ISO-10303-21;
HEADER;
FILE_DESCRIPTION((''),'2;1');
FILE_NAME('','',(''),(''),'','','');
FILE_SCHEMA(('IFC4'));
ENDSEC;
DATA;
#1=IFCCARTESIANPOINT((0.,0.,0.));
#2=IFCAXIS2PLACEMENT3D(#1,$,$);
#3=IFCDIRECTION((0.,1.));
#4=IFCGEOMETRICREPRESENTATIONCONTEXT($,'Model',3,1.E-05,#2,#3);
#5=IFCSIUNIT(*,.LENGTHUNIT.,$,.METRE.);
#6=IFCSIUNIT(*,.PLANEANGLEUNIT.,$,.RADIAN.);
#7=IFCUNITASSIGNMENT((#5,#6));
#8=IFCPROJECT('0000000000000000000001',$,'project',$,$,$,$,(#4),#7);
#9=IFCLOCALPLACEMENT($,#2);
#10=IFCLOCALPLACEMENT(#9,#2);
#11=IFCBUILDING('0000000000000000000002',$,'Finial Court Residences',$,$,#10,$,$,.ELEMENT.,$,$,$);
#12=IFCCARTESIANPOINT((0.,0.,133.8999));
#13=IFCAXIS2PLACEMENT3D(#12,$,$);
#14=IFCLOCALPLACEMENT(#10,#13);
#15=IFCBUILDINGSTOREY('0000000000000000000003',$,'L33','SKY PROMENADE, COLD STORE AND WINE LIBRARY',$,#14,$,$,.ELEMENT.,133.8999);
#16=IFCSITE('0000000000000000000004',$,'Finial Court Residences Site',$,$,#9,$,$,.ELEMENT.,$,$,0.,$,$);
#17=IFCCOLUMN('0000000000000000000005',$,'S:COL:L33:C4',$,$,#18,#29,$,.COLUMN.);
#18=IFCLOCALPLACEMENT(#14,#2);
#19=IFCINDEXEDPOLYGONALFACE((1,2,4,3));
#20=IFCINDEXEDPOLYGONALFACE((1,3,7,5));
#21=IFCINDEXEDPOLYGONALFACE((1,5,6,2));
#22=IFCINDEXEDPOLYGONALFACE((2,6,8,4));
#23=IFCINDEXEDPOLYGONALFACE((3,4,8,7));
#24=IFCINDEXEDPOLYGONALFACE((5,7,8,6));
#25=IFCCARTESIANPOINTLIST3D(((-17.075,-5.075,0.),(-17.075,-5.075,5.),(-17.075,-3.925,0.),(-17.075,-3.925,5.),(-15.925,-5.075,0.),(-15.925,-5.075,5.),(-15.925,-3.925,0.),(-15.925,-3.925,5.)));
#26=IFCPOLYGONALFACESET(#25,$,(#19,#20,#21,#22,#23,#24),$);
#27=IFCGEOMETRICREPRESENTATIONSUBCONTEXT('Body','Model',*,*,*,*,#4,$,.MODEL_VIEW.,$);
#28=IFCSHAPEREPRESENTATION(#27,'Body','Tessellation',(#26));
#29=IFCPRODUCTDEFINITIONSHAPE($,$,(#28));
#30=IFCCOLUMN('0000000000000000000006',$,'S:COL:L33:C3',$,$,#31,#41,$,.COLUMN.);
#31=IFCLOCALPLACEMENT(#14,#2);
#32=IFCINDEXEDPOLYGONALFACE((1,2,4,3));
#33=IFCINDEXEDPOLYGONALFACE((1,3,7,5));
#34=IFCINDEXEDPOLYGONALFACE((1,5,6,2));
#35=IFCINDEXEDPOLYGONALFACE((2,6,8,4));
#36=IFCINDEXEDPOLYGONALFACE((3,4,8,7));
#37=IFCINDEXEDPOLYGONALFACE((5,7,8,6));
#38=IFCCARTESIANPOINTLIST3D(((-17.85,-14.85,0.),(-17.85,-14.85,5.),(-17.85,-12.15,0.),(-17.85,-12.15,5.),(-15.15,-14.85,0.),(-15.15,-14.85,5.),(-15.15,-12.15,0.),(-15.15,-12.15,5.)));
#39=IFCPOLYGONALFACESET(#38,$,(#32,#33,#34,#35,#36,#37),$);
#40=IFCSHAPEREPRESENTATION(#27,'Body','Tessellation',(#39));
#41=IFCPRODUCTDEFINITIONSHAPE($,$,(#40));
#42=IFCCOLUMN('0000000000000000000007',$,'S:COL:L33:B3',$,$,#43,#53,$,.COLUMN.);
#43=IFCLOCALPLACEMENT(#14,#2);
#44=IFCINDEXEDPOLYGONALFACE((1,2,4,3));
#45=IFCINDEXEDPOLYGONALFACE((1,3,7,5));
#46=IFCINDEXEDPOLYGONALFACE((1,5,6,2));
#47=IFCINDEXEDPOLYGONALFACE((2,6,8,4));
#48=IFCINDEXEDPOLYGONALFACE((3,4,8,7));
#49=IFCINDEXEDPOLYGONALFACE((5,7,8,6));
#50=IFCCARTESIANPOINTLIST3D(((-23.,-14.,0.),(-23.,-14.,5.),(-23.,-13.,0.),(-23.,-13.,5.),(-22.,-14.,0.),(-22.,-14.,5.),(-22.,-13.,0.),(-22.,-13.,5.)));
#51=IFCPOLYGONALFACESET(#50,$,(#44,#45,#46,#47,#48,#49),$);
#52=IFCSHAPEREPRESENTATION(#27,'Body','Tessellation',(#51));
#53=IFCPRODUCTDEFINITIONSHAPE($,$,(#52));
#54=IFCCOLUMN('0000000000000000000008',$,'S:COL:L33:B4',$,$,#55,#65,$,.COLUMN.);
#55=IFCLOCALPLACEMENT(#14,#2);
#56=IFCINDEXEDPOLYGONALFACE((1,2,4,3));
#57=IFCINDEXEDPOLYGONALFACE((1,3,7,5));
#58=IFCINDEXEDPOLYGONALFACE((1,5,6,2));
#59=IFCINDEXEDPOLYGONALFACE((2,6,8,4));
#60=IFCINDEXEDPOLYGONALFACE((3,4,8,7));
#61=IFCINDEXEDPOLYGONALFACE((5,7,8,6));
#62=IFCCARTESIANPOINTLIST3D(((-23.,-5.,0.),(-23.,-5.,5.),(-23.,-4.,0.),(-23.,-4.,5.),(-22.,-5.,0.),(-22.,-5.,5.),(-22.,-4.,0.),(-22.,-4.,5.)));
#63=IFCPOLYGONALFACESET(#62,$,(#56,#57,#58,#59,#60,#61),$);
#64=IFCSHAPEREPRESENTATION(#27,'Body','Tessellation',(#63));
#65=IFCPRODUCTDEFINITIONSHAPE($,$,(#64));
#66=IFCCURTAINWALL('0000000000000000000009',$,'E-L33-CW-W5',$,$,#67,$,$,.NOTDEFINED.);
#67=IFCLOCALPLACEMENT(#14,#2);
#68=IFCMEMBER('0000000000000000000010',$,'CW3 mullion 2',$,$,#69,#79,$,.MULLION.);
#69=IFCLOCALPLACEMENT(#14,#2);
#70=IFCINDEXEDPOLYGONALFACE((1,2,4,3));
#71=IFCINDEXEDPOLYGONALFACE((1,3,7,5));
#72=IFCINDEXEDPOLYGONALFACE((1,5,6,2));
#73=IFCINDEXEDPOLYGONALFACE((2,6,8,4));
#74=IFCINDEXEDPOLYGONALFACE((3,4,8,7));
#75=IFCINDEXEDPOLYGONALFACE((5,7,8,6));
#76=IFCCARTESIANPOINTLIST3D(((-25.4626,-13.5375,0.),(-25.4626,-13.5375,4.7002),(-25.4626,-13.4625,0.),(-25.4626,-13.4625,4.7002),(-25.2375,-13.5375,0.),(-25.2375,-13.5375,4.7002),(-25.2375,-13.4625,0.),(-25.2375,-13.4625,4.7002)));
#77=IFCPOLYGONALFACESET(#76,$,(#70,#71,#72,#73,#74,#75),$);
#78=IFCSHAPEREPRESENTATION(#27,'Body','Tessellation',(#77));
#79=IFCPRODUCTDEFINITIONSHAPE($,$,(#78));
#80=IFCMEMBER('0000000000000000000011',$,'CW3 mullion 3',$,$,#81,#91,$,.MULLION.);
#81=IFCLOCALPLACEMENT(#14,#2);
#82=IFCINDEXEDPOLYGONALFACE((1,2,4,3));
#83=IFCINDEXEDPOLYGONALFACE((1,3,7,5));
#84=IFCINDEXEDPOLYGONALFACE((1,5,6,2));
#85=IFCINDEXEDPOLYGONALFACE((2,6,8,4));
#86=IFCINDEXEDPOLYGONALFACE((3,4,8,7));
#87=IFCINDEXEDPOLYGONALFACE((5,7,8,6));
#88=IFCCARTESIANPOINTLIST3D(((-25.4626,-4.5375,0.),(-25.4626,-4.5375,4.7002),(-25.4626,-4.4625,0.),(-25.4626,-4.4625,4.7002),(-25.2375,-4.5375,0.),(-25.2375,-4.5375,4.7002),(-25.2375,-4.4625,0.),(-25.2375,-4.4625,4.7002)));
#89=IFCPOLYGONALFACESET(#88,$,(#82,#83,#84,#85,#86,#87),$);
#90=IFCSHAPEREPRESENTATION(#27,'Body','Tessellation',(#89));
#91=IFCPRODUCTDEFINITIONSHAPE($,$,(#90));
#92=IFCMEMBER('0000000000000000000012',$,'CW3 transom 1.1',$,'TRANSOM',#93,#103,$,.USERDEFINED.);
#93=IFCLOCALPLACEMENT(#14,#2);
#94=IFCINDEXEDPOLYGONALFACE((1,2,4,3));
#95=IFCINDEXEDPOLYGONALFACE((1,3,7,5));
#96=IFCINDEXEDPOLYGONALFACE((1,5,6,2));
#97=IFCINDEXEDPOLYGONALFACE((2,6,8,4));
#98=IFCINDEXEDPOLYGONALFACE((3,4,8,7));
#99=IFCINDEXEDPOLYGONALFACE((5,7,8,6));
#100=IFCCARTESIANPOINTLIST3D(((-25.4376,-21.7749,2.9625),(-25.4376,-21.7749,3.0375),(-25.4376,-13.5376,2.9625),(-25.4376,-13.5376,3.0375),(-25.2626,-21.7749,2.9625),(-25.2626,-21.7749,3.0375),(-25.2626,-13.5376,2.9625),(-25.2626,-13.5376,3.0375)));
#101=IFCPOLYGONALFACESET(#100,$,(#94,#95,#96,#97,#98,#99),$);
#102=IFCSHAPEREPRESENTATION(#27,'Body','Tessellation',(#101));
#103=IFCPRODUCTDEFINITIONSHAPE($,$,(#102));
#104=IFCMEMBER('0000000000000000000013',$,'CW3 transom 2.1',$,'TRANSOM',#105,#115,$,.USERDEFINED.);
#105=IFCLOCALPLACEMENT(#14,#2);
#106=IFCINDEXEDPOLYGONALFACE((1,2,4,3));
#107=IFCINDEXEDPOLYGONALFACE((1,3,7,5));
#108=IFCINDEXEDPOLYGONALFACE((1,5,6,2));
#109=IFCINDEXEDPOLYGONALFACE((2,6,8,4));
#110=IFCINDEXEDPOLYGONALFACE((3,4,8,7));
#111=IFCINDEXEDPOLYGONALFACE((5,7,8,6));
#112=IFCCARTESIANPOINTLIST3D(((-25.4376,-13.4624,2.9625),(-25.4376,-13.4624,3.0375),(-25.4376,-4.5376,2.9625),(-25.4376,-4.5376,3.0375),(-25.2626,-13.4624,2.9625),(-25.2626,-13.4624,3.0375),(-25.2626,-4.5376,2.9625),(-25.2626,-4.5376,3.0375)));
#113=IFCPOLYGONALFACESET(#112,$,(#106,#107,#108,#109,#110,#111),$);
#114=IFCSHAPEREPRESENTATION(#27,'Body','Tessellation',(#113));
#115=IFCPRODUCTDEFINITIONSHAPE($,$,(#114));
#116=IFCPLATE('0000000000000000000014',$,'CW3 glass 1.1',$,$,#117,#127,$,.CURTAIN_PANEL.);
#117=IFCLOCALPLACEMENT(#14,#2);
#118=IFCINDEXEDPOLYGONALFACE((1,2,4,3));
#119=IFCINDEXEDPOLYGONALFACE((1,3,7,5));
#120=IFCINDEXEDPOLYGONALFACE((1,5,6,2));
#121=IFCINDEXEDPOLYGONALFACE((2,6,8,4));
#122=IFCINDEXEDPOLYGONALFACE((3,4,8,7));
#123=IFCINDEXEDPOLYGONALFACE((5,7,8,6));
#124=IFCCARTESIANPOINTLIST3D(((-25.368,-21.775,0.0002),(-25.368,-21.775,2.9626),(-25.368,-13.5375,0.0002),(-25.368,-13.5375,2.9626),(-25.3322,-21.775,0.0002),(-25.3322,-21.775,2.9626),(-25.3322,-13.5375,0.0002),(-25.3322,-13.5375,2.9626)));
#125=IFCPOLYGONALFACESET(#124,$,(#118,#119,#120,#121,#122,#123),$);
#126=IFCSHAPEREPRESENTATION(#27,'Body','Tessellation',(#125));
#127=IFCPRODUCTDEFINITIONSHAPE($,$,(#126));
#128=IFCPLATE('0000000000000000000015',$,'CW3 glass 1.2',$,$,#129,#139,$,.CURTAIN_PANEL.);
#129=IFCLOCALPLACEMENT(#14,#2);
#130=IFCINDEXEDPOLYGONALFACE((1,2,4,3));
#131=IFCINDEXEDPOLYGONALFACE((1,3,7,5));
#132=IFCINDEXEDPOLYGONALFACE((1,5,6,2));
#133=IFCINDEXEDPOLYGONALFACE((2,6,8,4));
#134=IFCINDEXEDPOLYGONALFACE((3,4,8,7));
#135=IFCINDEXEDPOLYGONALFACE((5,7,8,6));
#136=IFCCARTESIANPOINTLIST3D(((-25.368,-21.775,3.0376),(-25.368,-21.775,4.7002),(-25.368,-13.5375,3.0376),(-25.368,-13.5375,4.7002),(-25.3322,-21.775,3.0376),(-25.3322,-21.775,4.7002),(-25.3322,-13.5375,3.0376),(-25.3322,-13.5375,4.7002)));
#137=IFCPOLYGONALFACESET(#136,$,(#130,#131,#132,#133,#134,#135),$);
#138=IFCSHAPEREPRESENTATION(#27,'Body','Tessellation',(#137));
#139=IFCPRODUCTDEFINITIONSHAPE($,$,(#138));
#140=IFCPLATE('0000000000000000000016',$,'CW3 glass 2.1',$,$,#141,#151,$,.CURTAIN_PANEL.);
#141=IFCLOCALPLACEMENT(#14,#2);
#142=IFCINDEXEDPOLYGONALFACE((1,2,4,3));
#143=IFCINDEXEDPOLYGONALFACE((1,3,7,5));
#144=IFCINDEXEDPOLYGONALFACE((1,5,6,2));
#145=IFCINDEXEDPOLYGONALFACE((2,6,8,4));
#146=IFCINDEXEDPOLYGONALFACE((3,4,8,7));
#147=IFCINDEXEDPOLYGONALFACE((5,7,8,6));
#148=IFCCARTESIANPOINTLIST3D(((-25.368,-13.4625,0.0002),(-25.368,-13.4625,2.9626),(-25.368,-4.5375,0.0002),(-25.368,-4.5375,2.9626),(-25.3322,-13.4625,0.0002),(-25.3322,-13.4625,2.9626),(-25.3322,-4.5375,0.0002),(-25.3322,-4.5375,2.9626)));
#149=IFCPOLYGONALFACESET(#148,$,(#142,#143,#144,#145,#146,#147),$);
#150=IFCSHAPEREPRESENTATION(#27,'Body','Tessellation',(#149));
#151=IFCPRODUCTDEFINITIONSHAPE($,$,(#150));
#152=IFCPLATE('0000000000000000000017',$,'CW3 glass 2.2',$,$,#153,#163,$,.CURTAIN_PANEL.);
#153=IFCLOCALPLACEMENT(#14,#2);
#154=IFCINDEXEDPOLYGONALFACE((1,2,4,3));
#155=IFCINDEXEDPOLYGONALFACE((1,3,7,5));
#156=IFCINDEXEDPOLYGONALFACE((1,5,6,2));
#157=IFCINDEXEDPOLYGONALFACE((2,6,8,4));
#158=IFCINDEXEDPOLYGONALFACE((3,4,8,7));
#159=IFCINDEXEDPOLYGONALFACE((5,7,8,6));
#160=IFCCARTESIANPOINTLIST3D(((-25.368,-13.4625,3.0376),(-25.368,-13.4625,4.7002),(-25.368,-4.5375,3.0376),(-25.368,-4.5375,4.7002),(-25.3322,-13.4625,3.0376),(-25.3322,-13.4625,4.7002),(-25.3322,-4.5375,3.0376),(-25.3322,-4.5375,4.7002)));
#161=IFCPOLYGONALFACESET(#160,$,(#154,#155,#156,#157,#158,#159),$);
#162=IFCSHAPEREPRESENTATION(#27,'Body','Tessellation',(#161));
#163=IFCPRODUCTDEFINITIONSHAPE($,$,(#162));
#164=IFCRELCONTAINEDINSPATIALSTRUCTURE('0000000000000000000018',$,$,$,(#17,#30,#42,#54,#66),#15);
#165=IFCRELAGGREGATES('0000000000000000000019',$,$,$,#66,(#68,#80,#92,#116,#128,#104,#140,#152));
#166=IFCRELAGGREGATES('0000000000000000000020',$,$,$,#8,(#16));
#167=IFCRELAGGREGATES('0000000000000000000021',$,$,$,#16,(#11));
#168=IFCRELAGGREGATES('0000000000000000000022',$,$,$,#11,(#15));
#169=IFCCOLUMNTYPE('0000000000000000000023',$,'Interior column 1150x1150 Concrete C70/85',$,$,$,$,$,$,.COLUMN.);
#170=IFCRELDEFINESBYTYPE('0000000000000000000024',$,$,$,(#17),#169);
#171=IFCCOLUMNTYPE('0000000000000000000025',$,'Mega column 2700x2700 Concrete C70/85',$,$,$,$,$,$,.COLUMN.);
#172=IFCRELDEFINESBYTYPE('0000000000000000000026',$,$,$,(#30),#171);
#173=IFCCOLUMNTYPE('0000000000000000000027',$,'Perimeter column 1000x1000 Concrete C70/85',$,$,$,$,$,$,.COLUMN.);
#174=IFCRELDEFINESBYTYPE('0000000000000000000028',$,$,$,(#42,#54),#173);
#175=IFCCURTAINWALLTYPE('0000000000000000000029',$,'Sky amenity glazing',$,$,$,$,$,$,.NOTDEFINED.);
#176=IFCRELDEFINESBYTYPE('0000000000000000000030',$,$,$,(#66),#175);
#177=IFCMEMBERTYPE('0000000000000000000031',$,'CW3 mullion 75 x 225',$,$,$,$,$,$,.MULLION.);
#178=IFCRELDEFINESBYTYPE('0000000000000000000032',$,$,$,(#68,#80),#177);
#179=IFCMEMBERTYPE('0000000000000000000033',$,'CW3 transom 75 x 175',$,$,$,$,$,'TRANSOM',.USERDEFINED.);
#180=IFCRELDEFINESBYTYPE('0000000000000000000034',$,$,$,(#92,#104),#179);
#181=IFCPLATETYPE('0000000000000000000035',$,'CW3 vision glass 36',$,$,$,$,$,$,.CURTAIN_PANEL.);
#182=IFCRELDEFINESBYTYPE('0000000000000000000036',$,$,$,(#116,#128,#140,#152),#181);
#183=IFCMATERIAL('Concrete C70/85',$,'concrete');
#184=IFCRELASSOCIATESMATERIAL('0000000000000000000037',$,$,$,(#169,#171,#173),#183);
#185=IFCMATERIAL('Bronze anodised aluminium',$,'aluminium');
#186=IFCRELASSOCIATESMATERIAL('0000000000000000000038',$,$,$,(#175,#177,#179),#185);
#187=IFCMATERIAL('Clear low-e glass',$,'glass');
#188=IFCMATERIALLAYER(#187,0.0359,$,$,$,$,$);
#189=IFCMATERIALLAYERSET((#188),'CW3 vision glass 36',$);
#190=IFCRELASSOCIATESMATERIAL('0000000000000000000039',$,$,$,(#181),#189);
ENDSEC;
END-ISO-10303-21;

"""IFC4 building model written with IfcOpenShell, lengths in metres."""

from ifc_helpers import new_model, si_unit, direction, frame, origin, origin_2d, place, context, subcontext, project, spatial, rectangle, extrude, material, layer, layer_set, material_profile, profile_set, type_object, element, aggregate, save


model = new_model("IFC4")

# Units and contexts
model_context = context("Model", 3, precision=1e-05, world=origin(), true_north=direction((0.0, 1.0)))
body_context = subcontext(model_context, "Body", "Model", "MODEL_VIEW")
ifc_project = project(units=[si_unit("LENGTHUNIT", "METRE"), si_unit("PLANEANGLEUNIT", "RADIAN")], contexts=[model_context])

# Site, building, storey
site_placement = place(None, origin())
site = spatial("IfcSite", under=ifc_project, at=site_placement, Name="Finial Court Residences Site", CompositionType="ELEMENT", RefElevation=0.0)
building_placement = place(site_placement, origin())
building = spatial("IfcBuilding", under=site, at=building_placement, Name="Finial Court Residences", CompositionType="ELEMENT")
storey_placement = place(building_placement, frame((0.0, 0.0, 133.8999)))
storey = spatial("IfcBuildingStorey", under=building, at=storey_placement, Name="L33", Description="SKY PROMENADE, COLD STORE AND WINE LIBRARY", CompositionType="ELEMENT", Elevation=133.8999)

# Columns
ifc_material_1 = material(Name="Concrete C70/85", Category="concrete")
ifc_material_profile_1 = material_profile(ifc_material_1, rectangle(XDim=1.1499, YDim=1.1499, at=origin_2d()), Name="1150x1150")
ifc_profile_set_1 = profile_set([ifc_material_profile_1], Name="Concrete C70/85")
column_type_1 = type_object("IfcColumnType", Name="Interior column 1150x1150 Concrete C70/85", PredefinedType="COLUMN", material=ifc_profile_set_1)
column_1_placement = place(storey_placement, frame((-16.5, -4.5, 0.0), z_axis=(0.0, 0.0, 1.0), x_axis=(1.0, 0.0, 0.0)))
element("IfcColumn", 1, at=column_1_placement, inside=storey, type_object=column_type_1, Name="S:COL:L33:C4", PredefinedType="COLUMN", context=body_context, shape_type="SweptSolid", body=[
    extrude(rectangle(XDim=1.1499, YDim=1.1499, at=origin_2d()), origin(), (0.0, 0.0, 1.0), 5.0),
])
ifc_material_profile_2 = material_profile(ifc_material_1, rectangle(XDim=2.7, YDim=2.7, at=origin_2d()), Name="2700x2700")
ifc_profile_set_2 = profile_set([ifc_material_profile_2], Name="Concrete C70/85")
column_type_2 = type_object("IfcColumnType", Name="Mega column 2700x2700 Concrete C70/85", PredefinedType="COLUMN", material=ifc_profile_set_2)
column_2_placement = place(storey_placement, frame((-16.5, -13.5, 0.0), z_axis=(0.0, 0.0, 1.0), x_axis=(1.0, 0.0, 0.0)))
element("IfcColumn", 2, at=column_2_placement, inside=storey, type_object=column_type_2, Name="S:COL:L33:C3", PredefinedType="COLUMN", context=body_context, shape_type="SweptSolid", body=[
    extrude(rectangle(XDim=2.7, YDim=2.7, at=origin_2d()), origin(), (0.0, 0.0, 1.0), 5.0),
])
ifc_material_profile_3 = material_profile(ifc_material_1, rectangle(XDim=1.0, YDim=1.0, at=origin_2d()), Name="1000x1000")
ifc_profile_set_3 = profile_set([ifc_material_profile_3], Name="Concrete C70/85")
column_type_3 = type_object("IfcColumnType", Name="Perimeter column 1000x1000 Concrete C70/85", PredefinedType="COLUMN", material=ifc_profile_set_3)
for number, where, z_axis, x_axis, name in (
    (3, (-22.5, -13.5, 0.0), (0.0, 0.0, 1.0), (1.0, 0.0, 0.0), "S:COL:L33:B3"),
    (4, (-22.5, -4.5, 0.0), (0.0, 0.0, 1.0), (1.0, 0.0, 0.0), "S:COL:L33:B4"),
):
    element("IfcColumn", number, at=place(storey_placement, frame(where, z_axis=z_axis, x_axis=x_axis)), inside=storey, type_object=column_type_3, Name=name, PredefinedType="COLUMN", context=body_context, shape_type="SweptSolid", body=[
        extrude(rectangle(XDim=1.0, YDim=1.0, at=origin_2d()), origin(), (0.0, 0.0, 1.0), 5.0),
    ])

# Curtain wall, members, plates
ifc_material_2 = material(Name="Bronze anodised aluminium", Category="aluminium")
curtain_wall_type = type_object("IfcCurtainWallType", Name="Sky amenity glazing", PredefinedType="NOTDEFINED", material=ifc_material_2)
curtain_wall_placement = place(storey_placement, origin())
curtain_wall = element("IfcCurtainWall", 5, at=curtain_wall_placement, inside=storey, type_object=curtain_wall_type, Name="E-L33-CW-W5", PredefinedType="NOTDEFINED")
ifc_material_profile_4 = material_profile(ifc_material_2, rectangle(XDim=0.2251, YDim=0.075, at=origin_2d()), Name="CW3 mullion 75 x 225")
ifc_profile_set_4 = profile_set([ifc_material_profile_4], Name="Bronze anodised aluminium")
member_type_1 = type_object("IfcMemberType", Name="CW3 mullion 75 x 225", PredefinedType="MULLION", material=ifc_profile_set_4)
member_1_placement = place(storey_placement, frame((-25.3501, -13.5, 0.0), z_axis=(0.0, 0.0, 1.0), x_axis=(-1.0, 0.0, 0.0)))
member_1 = element("IfcMember", 6, at=member_1_placement, type_object=member_type_1, Name="CW3 mullion 2", PredefinedType="MULLION", context=body_context, shape_type="SweptSolid", body=[
    extrude(rectangle(XDim=0.2251, YDim=0.075, at=origin_2d()), origin(), (0.0, 0.0, 1.0), 4.7002),
])
member_2_placement = place(storey_placement, frame((-25.3501, -4.5, 0.0), z_axis=(0.0, 0.0, 1.0), x_axis=(-1.0, 0.0, 0.0)))
member_2 = element("IfcMember", 7, at=member_2_placement, type_object=member_type_1, Name="CW3 mullion 3", PredefinedType="MULLION", context=body_context, shape_type="SweptSolid", body=[
    extrude(rectangle(XDim=0.2251, YDim=0.075, at=origin_2d()), origin(), (0.0, 0.0, 1.0), 4.7002),
])
ifc_material_profile_5 = material_profile(ifc_material_2, rectangle(XDim=0.175, YDim=0.075, at=origin_2d()), Name="CW3 transom 75 x 175")
ifc_profile_set_5 = profile_set([ifc_material_profile_5], Name="Bronze anodised aluminium")
member_type_2 = type_object("IfcMemberType", Name="CW3 transom 75 x 175", ElementType="TRANSOM", PredefinedType="USERDEFINED", material=ifc_profile_set_5)
member_3_placement = place(storey_placement, frame((-25.3501, -21.7749, 3.0), z_axis=(0.0, 1.0, 0.0), x_axis=(-1.0, 0.0, 0.0)))
member_3 = element("IfcMember", 8, at=member_3_placement, type_object=member_type_2, Name="CW3 transom 1.1", ObjectType="TRANSOM", PredefinedType="USERDEFINED", context=body_context, shape_type="SweptSolid", body=[
    extrude(rectangle(XDim=0.175, YDim=0.075, at=origin_2d()), origin(), (0.0, 0.0, 1.0), 8.2373),
])
member_4_placement = place(storey_placement, frame((-25.3501, -13.4624, 3.0), z_axis=(0.0, 1.0, 0.0), x_axis=(-1.0, 0.0, 0.0)))
member_4 = element("IfcMember", 9, at=member_4_placement, type_object=member_type_2, Name="CW3 transom 2.1", ObjectType="TRANSOM", PredefinedType="USERDEFINED", context=body_context, shape_type="SweptSolid", body=[
    extrude(rectangle(XDim=0.175, YDim=0.075, at=origin_2d()), origin(), (0.0, 0.0, 1.0), 8.9248),
])
ifc_material_3 = material(Name="Clear low-e glass", Category="glass")
ifc_layer_1 = layer(ifc_material_3, 0.0359)
ifc_layer_set_1 = layer_set([ifc_layer_1], Name="CW3 vision glass 36")
plate_type = type_object("IfcPlateType", Name="CW3 vision glass 36", PredefinedType="CURTAIN_PANEL", material=ifc_layer_set_1)
plate_1_placement = place(storey_placement, frame((-25.3501, -17.6562, 0.0002), z_axis=(0.0, 0.0, 1.0), x_axis=(0.0, 1.0, 0.0)))
plate_1 = element("IfcPlate", 10, at=plate_1_placement, type_object=plate_type, Name="CW3 glass 1.1", PredefinedType="CURTAIN_PANEL", context=body_context, shape_type="SweptSolid", body=[
    extrude(rectangle(XDim=8.2375, YDim=0.0359, at=origin_2d()), origin(), (0.0, 0.0, 1.0), 2.9624),
])
plate_2_placement = place(storey_placement, frame((-25.3501, -17.6562, 3.0376), z_axis=(0.0, 0.0, 1.0), x_axis=(0.0, 1.0, 0.0)))
plate_2 = element("IfcPlate", 11, at=plate_2_placement, type_object=plate_type, Name="CW3 glass 1.2", PredefinedType="CURTAIN_PANEL", context=body_context, shape_type="SweptSolid", body=[
    extrude(rectangle(XDim=8.2375, YDim=0.0359, at=origin_2d()), origin(), (0.0, 0.0, 1.0), 1.6626),
])
plate_3_placement = place(storey_placement, frame((-25.3501, -9.0, 0.0002), z_axis=(0.0, 0.0, 1.0), x_axis=(0.0, 1.0, 0.0)))
plate_3 = element("IfcPlate", 12, at=plate_3_placement, type_object=plate_type, Name="CW3 glass 2.1", PredefinedType="CURTAIN_PANEL", context=body_context, shape_type="SweptSolid", body=[
    extrude(rectangle(XDim=8.925, YDim=0.0359, at=origin_2d()), origin(), (0.0, 0.0, 1.0), 2.9624),
])
plate_4_placement = place(storey_placement, frame((-25.3501, -9.0, 3.0376), z_axis=(0.0, 0.0, 1.0), x_axis=(0.0, 1.0, 0.0)))
plate_4 = element("IfcPlate", 13, at=plate_4_placement, type_object=plate_type, Name="CW3 glass 2.2", PredefinedType="CURTAIN_PANEL", context=body_context, shape_type="SweptSolid", body=[
    extrude(rectangle(XDim=8.925, YDim=0.0359, at=origin_2d()), origin(), (0.0, 0.0, 1.0), 1.6626),
])
aggregate(curtain_wall, [member_1, member_2, member_3, plate_1, plate_2, member_4, plate_3, plate_4])

save(model, "model.ifc")
